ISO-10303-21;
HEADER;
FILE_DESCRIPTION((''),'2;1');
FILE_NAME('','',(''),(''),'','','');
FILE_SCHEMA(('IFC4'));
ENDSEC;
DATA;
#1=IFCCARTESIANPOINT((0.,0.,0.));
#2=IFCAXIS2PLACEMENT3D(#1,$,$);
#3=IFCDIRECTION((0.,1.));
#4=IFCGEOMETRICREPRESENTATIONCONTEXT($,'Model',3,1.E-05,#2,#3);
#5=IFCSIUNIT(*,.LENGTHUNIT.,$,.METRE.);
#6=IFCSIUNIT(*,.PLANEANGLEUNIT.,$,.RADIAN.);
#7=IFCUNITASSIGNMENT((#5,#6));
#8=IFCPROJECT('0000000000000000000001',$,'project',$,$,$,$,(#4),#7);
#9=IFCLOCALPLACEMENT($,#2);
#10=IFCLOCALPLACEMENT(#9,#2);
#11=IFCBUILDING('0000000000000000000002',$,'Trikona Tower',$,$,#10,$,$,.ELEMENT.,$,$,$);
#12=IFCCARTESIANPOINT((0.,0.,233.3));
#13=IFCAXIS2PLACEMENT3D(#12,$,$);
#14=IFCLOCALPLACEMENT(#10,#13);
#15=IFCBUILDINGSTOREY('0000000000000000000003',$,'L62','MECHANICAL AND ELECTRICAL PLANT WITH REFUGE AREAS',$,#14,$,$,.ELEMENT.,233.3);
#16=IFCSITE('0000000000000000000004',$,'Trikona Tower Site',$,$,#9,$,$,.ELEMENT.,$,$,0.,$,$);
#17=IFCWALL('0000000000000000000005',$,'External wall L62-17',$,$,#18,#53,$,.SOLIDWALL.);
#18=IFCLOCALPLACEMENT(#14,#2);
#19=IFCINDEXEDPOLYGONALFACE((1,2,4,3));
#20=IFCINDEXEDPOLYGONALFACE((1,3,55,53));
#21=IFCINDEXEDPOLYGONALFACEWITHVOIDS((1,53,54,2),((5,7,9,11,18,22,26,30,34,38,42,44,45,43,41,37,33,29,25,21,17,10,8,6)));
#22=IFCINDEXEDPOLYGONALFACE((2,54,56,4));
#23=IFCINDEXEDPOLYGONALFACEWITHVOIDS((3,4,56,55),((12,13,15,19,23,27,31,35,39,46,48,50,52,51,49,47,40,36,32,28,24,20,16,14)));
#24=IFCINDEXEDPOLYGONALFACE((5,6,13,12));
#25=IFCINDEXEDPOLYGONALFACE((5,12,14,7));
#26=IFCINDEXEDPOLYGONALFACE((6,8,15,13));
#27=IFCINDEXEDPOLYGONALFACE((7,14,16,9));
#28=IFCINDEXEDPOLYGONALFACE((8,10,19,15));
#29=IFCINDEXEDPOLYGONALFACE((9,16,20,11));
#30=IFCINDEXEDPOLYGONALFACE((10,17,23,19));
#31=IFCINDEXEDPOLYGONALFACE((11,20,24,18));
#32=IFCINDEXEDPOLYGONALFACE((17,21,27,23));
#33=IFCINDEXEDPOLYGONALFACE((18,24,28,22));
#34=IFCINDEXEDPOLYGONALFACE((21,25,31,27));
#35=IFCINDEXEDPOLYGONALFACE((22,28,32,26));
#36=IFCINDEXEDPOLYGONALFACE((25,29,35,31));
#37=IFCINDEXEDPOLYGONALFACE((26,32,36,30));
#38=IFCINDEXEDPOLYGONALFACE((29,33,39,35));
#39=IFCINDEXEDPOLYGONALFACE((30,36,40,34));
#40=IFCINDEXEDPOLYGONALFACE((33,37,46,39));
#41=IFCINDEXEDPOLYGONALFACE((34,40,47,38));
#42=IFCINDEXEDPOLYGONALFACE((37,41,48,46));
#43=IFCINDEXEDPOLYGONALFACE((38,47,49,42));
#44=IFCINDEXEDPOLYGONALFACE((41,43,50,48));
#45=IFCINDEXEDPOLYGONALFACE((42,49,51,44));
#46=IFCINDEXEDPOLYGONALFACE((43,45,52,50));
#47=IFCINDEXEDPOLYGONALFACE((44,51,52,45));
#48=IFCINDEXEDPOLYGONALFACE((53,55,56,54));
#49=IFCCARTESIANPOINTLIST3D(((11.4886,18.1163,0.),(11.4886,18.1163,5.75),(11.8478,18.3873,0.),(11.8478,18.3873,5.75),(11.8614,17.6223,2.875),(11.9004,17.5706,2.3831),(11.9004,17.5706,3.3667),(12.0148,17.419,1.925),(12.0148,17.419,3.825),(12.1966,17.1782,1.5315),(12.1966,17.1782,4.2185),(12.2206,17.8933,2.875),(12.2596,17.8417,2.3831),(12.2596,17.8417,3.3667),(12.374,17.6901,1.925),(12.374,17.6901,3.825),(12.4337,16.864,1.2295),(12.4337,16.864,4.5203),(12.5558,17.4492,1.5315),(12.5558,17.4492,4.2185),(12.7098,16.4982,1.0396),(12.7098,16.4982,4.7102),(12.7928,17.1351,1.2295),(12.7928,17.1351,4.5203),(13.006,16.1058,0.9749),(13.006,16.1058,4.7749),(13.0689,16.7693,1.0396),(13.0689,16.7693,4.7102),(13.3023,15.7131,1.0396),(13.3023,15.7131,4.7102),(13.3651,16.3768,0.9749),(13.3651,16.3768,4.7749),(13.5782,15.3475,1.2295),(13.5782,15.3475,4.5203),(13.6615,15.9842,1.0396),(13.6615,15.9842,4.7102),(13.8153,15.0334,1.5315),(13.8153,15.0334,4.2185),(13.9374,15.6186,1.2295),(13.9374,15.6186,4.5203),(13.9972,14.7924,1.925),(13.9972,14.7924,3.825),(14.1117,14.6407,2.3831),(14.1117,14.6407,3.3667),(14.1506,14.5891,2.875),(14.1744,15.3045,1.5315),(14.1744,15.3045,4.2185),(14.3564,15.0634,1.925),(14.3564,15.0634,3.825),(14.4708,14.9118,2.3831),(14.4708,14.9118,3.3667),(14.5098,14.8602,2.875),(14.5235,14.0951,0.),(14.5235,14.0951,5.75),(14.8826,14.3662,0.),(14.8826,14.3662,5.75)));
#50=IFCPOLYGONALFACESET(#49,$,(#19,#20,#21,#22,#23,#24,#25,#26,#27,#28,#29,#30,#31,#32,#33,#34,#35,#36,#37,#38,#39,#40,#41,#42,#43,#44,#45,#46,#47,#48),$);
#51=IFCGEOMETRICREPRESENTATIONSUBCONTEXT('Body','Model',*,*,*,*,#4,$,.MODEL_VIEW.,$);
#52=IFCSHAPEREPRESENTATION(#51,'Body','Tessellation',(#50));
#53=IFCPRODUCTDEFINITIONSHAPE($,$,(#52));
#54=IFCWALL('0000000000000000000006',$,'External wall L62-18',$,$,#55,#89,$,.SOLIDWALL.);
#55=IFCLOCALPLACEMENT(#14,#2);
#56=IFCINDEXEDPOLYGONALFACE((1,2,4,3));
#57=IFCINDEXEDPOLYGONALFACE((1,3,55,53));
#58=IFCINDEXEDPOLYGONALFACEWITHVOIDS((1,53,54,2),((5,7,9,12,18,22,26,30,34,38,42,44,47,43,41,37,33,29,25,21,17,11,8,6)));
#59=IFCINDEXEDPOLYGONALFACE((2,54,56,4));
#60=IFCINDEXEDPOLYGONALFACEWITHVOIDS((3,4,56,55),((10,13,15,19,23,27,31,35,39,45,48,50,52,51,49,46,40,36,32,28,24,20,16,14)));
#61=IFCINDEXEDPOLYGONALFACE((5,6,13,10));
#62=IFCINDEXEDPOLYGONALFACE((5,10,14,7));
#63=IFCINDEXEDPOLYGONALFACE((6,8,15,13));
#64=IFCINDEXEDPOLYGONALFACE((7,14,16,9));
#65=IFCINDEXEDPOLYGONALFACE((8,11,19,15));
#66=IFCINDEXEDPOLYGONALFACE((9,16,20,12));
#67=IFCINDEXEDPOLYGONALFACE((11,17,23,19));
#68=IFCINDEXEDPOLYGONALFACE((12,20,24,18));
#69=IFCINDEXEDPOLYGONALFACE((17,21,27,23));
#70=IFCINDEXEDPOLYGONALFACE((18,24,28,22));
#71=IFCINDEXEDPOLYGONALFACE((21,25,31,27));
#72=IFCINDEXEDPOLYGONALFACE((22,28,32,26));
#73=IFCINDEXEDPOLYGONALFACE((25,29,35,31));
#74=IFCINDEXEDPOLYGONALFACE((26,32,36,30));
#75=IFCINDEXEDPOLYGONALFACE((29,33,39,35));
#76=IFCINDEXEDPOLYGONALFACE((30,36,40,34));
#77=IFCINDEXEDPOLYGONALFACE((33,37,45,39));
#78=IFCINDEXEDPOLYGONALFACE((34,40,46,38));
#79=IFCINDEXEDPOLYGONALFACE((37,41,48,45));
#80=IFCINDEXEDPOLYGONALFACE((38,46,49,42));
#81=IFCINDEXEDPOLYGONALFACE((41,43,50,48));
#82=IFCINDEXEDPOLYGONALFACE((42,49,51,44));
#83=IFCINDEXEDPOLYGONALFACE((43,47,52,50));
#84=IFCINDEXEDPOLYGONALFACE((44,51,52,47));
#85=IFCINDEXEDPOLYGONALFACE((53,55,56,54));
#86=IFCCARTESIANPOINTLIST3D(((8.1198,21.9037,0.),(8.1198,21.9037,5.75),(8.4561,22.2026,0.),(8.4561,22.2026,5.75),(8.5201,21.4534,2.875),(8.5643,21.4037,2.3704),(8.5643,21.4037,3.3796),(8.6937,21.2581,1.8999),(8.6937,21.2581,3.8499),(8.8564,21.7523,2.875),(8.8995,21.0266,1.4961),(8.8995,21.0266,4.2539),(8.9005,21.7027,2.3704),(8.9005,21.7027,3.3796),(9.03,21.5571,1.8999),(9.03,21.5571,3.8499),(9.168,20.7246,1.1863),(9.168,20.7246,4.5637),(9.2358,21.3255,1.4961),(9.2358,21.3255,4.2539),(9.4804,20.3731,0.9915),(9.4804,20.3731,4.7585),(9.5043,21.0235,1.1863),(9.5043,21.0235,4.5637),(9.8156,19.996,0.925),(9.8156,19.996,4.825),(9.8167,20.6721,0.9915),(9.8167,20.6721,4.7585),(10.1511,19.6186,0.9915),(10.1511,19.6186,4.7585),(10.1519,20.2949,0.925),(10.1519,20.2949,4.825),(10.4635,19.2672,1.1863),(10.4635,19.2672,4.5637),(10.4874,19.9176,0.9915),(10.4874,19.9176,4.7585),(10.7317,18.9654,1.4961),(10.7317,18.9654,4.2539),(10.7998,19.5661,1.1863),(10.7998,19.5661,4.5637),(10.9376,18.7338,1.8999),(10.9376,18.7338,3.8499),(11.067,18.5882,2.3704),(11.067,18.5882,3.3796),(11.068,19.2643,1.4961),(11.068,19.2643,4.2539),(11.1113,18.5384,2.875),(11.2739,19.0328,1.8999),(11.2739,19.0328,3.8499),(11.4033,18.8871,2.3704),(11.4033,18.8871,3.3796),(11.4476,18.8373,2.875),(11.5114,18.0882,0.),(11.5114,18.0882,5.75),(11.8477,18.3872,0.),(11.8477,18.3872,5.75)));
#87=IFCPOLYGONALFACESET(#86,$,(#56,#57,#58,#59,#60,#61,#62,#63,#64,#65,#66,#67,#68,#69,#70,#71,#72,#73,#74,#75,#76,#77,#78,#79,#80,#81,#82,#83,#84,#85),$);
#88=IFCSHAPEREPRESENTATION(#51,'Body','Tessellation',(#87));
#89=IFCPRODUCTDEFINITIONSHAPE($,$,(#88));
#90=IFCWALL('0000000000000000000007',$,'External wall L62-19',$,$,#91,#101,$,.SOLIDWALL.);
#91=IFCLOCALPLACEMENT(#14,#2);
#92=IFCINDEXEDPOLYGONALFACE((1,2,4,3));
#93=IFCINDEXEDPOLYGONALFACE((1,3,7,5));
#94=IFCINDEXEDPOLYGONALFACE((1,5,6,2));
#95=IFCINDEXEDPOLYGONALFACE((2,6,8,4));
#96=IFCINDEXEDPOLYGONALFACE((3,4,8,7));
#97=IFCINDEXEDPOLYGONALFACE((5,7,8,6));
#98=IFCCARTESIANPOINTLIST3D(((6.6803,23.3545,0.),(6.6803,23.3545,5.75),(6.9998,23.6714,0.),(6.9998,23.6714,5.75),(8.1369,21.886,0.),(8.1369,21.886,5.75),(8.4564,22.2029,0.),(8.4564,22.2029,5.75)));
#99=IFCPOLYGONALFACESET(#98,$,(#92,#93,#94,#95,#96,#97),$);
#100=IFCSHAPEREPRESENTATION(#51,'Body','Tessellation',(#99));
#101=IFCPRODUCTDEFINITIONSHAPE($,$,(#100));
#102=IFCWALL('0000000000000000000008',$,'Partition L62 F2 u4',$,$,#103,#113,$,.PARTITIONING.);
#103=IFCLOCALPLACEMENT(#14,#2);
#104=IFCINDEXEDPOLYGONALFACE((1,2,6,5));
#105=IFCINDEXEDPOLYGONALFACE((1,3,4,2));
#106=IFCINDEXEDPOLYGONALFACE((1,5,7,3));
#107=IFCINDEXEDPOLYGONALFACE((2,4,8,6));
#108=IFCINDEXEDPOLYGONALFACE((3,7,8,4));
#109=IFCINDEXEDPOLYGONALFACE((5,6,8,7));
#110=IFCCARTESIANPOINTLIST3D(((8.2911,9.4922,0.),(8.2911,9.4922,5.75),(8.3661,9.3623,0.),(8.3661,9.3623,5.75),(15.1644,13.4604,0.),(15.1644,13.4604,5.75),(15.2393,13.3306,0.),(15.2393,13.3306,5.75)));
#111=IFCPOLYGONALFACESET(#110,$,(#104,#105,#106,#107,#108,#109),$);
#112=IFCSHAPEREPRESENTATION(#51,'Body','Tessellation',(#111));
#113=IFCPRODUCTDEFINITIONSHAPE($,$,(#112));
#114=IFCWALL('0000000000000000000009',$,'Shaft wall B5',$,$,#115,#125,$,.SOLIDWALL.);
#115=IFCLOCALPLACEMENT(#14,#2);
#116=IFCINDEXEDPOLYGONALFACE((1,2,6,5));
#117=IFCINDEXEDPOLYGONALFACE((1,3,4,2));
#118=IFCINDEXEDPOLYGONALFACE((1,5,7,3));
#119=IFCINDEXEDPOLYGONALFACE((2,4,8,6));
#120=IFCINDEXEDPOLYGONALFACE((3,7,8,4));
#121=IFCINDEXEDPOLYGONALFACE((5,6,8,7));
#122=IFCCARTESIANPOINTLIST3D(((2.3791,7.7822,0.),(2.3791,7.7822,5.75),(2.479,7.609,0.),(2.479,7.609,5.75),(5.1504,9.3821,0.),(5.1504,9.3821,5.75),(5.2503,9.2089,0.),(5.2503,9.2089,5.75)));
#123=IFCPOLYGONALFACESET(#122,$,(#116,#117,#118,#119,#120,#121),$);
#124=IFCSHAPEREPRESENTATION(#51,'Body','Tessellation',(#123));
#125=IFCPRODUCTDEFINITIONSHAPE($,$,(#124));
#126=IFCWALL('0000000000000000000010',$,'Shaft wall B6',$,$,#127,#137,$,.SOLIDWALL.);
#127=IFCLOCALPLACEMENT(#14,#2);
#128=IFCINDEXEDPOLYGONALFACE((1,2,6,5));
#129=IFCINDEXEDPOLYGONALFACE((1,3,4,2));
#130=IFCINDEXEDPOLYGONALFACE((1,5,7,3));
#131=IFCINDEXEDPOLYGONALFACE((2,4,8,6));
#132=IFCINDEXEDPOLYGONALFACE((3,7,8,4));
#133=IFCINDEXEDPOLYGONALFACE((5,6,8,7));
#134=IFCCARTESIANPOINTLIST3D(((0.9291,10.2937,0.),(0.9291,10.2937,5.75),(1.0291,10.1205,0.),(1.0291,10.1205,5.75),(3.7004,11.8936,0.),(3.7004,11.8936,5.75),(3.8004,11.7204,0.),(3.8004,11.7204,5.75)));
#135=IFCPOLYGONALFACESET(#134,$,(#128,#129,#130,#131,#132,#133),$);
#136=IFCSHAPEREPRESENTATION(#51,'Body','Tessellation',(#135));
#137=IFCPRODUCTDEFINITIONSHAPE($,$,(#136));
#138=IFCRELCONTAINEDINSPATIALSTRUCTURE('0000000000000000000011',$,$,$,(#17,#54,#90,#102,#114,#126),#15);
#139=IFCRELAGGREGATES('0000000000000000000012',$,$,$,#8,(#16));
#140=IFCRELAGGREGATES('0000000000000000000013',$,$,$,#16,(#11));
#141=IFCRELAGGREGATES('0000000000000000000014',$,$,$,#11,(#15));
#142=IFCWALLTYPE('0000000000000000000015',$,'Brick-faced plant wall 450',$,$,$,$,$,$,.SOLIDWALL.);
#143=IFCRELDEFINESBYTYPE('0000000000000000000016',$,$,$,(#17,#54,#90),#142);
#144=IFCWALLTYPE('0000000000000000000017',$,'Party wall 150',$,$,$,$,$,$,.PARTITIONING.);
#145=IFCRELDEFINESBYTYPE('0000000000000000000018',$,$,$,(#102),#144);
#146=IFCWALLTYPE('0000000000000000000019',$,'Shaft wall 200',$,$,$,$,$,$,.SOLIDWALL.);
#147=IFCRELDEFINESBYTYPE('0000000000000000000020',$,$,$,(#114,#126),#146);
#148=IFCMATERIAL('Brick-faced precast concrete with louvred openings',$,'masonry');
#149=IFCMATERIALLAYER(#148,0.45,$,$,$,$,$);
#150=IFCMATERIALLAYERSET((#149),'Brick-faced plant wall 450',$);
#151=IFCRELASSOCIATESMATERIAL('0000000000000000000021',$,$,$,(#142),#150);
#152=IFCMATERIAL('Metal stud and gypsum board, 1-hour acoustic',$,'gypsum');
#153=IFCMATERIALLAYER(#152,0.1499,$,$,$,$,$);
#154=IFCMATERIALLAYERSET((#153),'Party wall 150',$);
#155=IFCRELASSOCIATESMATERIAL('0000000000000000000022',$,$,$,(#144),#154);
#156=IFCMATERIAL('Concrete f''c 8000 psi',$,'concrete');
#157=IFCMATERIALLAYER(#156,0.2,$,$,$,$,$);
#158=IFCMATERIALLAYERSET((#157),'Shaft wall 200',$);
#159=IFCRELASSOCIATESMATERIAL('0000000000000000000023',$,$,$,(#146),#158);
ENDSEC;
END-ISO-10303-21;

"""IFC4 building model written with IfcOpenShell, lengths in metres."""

from ifc_helpers import new_model, si_unit, direction, frame, frame_2d, origin, place, context, subcontext, project, spatial, polyline, rectangle, outline, extrude, material, layer, layer_set, type_object, element, save


model = new_model("IFC4")

# Units and contexts
model_context = context("Model", 3, precision=1e-05, world=origin(), true_north=direction((0.0, 1.0)))
body_context = subcontext(model_context, "Body", "Model", "MODEL_VIEW")
ifc_project = project(units=[si_unit("LENGTHUNIT", "METRE"), si_unit("PLANEANGLEUNIT", "RADIAN")], contexts=[model_context])

# Site, building, storey
site_placement = place(None, origin())
site = spatial("IfcSite", under=ifc_project, at=site_placement, Name="Trikona Tower Site", CompositionType="ELEMENT", RefElevation=0.0)
building_placement = place(site_placement, origin())
building = spatial("IfcBuilding", under=site, at=building_placement, Name="Trikona Tower", CompositionType="ELEMENT")
storey_placement = place(building_placement, frame((0.0, 0.0, 233.3)))
storey = spatial("IfcBuildingStorey", under=building, at=storey_placement, Name="L62", Description="MECHANICAL AND ELECTRICAL PLANT WITH REFUGE AREAS", CompositionType="ELEMENT", Elevation=233.3)

# Walls
ifc_material_1 = material(Name="Brick-faced precast concrete with louvred openings", Category="masonry")
ifc_layer_1 = layer(ifc_material_1, 0.45)
ifc_layer_set_1 = layer_set([ifc_layer_1], Name="Brick-faced plant wall 450")
wall_type_1 = type_object("IfcWallType", Name="Brick-faced plant wall 450", PredefinedType="SOLIDWALL", material=ifc_layer_set_1)
wall_1_placement = place(storey_placement, frame((14.7031, 14.2307, 0.0), z_axis=(0.0, 0.0, 1.0), x_axis=(-0.602409, 0.798188, 0.0)))
element("IfcWall", 1, at=wall_1_placement, inside=storey, type_object=wall_type_1, Name="External wall L62-17", PredefinedType="SOLIDWALL", context=body_context, shape_type="SweptSolid", body=[
    extrude(outline(polyline([(0.0, 0.0), (5.0378, 0.0), (5.0378, 5.75), (0.0, 5.75), (0.0, 0.0)]), holes=[polyline([(4.4189, 2.875), (4.3542, 3.3667), (4.1643, 3.825), (3.8625, 4.2185), (3.469, 4.5203), (3.0107, 4.7102), (2.519, 4.7749), (2.0271, 4.7102), (1.5691, 4.5203), (1.1755, 4.2185), (0.8735, 3.825), (0.6836, 3.3667), (0.6189, 2.875), (0.6836, 2.3831), (0.8735, 1.925), (1.1755, 1.5315), (1.5691, 1.2295), (2.0271, 1.0396), (2.519, 0.9749), (3.0107, 1.0396), (3.469, 1.2295), (3.8625, 1.5315), (4.1643, 1.925), (4.3542, 2.3831), (4.4189, 2.875)])]), frame((0.0, 0.2251, 0.0), z_axis=(0.0, -1.0, 0.0), x_axis=(1.0, 0.0, 0.0)), (0.0, 0.0, 1.0), 0.45),
])
wall_2_placement = place(storey_placement, frame((11.6797, 18.2378, 0.0), z_axis=(0.0, 0.0, 1.0), x_axis=(-0.664376, 0.747399, 0.0)))
element("IfcWall", 2, at=wall_2_placement, inside=storey, type_object=wall_type_1, Name="External wall L62-18", PredefinedType="SOLIDWALL", context=body_context, shape_type="SweptSolid", body=[
    extrude(outline(polyline([(0.0, 0.0), (5.105, 0.0), (5.105, 5.75), (0.0, 5.75), (0.0, 0.0)]), holes=[polyline([(4.5024, 2.875), (4.436, 3.3796), (4.2412, 3.8499), (3.9314, 4.2539), (3.5273, 4.5637), (3.0571, 4.7585), (2.5525, 4.825), (2.0476, 4.7585), (1.5774, 4.5637), (1.1736, 4.2539), (0.8638, 3.8499), (0.6689, 3.3796), (0.6023, 2.875), (0.6689, 2.3704), (0.8638, 1.8999), (1.1736, 1.4961), (1.5774, 1.1863), (2.0476, 0.9915), (2.5525, 0.925), (3.0571, 0.9915), (3.5273, 1.1863), (3.9314, 1.4961), (4.2412, 1.8999), (4.436, 2.3704), (4.5024, 2.875)])]), frame((0.0, 0.2251, 0.0), z_axis=(0.0, -1.0, 0.0), x_axis=(1.0, 0.0, 0.0)), (0.0, 0.0, 1.0), 0.45),
])
wall_3_placement = place(storey_placement, frame((8.2966, 22.0444, 0.0), z_axis=(0.0, 0.0, 1.0), x_axis=(-0.704209, 0.709993, 0.0)))
element("IfcWall", 3, at=wall_3_placement, inside=storey, type_object=wall_type_1, Name="External wall L62-19", PredefinedType="SOLIDWALL", context=body_context, shape_type="SweptSolid", body=[
    extrude(rectangle(XDim=2.0684, YDim=0.45, at=frame_2d((1.0342, 0.0))), origin(), (0.0, 0.0, 1.0), 5.75),
])
ifc_material_2 = material(Name="Metal stud and gypsum board, 1-hour acoustic", Category="gypsum")
ifc_layer_2 = layer(ifc_material_2, 0.1499)
ifc_layer_set_2 = layer_set([ifc_layer_2], Name="Party wall 150")
wall_type_2 = type_object("IfcWallType", Name="Party wall 150", PredefinedType="PARTITIONING", material=ifc_layer_set_2)
wall_4_placement = place(storey_placement, frame((8.3286, 9.4272, 0.0), z_axis=(0.0, 0.0, 1.0), x_axis=(0.866027, 0.499997, 0.0)))
element("IfcWall", 4, at=wall_4_placement, inside=storey, type_object=wall_type_2, Name="Partition L62 F2 u4", PredefinedType="PARTITIONING", context=body_context, shape_type="SweptSolid", body=[
    extrude(rectangle(XDim=7.9365, YDim=0.1499, at=frame_2d((3.9683, 0.0))), origin(), (0.0, 0.0, 1.0), 5.75),
])
ifc_material_3 = material(Name="Concrete f'c 8000 psi", Category="concrete")
ifc_layer_3 = layer(ifc_material_3, 0.2)
ifc_layer_set_3 = layer_set([ifc_layer_3], Name="Shaft wall 200")
wall_type_3 = type_object("IfcWallType", Name="Shaft wall 200", PredefinedType="SOLIDWALL", material=ifc_layer_set_3)
for number, where, z_axis, x_axis, name in (
    (5, (2.429, 7.6956, 0.0), (0.0, 0.0, 1.0), (0.866042, 0.499971, 0.0), "Shaft wall B5"),
    (6, (0.979, 10.207, 0.0), (0.0, 0.0, 1.0), (0.866042, 0.499971, 0.0), "Shaft wall B6"),
):
    element("IfcWall", number, at=place(storey_placement, frame(where, z_axis=z_axis, x_axis=x_axis)), inside=storey, type_object=wall_type_3, Name=name, PredefinedType="SOLIDWALL", context=body_context, shape_type="SweptSolid", body=[
        extrude(rectangle(XDim=3.2, YDim=0.2, at=frame_2d((1.6001, 0.0))), origin(), (0.0, 0.0, 1.0), 5.75),
    ])

save(model, "model.ifc")
